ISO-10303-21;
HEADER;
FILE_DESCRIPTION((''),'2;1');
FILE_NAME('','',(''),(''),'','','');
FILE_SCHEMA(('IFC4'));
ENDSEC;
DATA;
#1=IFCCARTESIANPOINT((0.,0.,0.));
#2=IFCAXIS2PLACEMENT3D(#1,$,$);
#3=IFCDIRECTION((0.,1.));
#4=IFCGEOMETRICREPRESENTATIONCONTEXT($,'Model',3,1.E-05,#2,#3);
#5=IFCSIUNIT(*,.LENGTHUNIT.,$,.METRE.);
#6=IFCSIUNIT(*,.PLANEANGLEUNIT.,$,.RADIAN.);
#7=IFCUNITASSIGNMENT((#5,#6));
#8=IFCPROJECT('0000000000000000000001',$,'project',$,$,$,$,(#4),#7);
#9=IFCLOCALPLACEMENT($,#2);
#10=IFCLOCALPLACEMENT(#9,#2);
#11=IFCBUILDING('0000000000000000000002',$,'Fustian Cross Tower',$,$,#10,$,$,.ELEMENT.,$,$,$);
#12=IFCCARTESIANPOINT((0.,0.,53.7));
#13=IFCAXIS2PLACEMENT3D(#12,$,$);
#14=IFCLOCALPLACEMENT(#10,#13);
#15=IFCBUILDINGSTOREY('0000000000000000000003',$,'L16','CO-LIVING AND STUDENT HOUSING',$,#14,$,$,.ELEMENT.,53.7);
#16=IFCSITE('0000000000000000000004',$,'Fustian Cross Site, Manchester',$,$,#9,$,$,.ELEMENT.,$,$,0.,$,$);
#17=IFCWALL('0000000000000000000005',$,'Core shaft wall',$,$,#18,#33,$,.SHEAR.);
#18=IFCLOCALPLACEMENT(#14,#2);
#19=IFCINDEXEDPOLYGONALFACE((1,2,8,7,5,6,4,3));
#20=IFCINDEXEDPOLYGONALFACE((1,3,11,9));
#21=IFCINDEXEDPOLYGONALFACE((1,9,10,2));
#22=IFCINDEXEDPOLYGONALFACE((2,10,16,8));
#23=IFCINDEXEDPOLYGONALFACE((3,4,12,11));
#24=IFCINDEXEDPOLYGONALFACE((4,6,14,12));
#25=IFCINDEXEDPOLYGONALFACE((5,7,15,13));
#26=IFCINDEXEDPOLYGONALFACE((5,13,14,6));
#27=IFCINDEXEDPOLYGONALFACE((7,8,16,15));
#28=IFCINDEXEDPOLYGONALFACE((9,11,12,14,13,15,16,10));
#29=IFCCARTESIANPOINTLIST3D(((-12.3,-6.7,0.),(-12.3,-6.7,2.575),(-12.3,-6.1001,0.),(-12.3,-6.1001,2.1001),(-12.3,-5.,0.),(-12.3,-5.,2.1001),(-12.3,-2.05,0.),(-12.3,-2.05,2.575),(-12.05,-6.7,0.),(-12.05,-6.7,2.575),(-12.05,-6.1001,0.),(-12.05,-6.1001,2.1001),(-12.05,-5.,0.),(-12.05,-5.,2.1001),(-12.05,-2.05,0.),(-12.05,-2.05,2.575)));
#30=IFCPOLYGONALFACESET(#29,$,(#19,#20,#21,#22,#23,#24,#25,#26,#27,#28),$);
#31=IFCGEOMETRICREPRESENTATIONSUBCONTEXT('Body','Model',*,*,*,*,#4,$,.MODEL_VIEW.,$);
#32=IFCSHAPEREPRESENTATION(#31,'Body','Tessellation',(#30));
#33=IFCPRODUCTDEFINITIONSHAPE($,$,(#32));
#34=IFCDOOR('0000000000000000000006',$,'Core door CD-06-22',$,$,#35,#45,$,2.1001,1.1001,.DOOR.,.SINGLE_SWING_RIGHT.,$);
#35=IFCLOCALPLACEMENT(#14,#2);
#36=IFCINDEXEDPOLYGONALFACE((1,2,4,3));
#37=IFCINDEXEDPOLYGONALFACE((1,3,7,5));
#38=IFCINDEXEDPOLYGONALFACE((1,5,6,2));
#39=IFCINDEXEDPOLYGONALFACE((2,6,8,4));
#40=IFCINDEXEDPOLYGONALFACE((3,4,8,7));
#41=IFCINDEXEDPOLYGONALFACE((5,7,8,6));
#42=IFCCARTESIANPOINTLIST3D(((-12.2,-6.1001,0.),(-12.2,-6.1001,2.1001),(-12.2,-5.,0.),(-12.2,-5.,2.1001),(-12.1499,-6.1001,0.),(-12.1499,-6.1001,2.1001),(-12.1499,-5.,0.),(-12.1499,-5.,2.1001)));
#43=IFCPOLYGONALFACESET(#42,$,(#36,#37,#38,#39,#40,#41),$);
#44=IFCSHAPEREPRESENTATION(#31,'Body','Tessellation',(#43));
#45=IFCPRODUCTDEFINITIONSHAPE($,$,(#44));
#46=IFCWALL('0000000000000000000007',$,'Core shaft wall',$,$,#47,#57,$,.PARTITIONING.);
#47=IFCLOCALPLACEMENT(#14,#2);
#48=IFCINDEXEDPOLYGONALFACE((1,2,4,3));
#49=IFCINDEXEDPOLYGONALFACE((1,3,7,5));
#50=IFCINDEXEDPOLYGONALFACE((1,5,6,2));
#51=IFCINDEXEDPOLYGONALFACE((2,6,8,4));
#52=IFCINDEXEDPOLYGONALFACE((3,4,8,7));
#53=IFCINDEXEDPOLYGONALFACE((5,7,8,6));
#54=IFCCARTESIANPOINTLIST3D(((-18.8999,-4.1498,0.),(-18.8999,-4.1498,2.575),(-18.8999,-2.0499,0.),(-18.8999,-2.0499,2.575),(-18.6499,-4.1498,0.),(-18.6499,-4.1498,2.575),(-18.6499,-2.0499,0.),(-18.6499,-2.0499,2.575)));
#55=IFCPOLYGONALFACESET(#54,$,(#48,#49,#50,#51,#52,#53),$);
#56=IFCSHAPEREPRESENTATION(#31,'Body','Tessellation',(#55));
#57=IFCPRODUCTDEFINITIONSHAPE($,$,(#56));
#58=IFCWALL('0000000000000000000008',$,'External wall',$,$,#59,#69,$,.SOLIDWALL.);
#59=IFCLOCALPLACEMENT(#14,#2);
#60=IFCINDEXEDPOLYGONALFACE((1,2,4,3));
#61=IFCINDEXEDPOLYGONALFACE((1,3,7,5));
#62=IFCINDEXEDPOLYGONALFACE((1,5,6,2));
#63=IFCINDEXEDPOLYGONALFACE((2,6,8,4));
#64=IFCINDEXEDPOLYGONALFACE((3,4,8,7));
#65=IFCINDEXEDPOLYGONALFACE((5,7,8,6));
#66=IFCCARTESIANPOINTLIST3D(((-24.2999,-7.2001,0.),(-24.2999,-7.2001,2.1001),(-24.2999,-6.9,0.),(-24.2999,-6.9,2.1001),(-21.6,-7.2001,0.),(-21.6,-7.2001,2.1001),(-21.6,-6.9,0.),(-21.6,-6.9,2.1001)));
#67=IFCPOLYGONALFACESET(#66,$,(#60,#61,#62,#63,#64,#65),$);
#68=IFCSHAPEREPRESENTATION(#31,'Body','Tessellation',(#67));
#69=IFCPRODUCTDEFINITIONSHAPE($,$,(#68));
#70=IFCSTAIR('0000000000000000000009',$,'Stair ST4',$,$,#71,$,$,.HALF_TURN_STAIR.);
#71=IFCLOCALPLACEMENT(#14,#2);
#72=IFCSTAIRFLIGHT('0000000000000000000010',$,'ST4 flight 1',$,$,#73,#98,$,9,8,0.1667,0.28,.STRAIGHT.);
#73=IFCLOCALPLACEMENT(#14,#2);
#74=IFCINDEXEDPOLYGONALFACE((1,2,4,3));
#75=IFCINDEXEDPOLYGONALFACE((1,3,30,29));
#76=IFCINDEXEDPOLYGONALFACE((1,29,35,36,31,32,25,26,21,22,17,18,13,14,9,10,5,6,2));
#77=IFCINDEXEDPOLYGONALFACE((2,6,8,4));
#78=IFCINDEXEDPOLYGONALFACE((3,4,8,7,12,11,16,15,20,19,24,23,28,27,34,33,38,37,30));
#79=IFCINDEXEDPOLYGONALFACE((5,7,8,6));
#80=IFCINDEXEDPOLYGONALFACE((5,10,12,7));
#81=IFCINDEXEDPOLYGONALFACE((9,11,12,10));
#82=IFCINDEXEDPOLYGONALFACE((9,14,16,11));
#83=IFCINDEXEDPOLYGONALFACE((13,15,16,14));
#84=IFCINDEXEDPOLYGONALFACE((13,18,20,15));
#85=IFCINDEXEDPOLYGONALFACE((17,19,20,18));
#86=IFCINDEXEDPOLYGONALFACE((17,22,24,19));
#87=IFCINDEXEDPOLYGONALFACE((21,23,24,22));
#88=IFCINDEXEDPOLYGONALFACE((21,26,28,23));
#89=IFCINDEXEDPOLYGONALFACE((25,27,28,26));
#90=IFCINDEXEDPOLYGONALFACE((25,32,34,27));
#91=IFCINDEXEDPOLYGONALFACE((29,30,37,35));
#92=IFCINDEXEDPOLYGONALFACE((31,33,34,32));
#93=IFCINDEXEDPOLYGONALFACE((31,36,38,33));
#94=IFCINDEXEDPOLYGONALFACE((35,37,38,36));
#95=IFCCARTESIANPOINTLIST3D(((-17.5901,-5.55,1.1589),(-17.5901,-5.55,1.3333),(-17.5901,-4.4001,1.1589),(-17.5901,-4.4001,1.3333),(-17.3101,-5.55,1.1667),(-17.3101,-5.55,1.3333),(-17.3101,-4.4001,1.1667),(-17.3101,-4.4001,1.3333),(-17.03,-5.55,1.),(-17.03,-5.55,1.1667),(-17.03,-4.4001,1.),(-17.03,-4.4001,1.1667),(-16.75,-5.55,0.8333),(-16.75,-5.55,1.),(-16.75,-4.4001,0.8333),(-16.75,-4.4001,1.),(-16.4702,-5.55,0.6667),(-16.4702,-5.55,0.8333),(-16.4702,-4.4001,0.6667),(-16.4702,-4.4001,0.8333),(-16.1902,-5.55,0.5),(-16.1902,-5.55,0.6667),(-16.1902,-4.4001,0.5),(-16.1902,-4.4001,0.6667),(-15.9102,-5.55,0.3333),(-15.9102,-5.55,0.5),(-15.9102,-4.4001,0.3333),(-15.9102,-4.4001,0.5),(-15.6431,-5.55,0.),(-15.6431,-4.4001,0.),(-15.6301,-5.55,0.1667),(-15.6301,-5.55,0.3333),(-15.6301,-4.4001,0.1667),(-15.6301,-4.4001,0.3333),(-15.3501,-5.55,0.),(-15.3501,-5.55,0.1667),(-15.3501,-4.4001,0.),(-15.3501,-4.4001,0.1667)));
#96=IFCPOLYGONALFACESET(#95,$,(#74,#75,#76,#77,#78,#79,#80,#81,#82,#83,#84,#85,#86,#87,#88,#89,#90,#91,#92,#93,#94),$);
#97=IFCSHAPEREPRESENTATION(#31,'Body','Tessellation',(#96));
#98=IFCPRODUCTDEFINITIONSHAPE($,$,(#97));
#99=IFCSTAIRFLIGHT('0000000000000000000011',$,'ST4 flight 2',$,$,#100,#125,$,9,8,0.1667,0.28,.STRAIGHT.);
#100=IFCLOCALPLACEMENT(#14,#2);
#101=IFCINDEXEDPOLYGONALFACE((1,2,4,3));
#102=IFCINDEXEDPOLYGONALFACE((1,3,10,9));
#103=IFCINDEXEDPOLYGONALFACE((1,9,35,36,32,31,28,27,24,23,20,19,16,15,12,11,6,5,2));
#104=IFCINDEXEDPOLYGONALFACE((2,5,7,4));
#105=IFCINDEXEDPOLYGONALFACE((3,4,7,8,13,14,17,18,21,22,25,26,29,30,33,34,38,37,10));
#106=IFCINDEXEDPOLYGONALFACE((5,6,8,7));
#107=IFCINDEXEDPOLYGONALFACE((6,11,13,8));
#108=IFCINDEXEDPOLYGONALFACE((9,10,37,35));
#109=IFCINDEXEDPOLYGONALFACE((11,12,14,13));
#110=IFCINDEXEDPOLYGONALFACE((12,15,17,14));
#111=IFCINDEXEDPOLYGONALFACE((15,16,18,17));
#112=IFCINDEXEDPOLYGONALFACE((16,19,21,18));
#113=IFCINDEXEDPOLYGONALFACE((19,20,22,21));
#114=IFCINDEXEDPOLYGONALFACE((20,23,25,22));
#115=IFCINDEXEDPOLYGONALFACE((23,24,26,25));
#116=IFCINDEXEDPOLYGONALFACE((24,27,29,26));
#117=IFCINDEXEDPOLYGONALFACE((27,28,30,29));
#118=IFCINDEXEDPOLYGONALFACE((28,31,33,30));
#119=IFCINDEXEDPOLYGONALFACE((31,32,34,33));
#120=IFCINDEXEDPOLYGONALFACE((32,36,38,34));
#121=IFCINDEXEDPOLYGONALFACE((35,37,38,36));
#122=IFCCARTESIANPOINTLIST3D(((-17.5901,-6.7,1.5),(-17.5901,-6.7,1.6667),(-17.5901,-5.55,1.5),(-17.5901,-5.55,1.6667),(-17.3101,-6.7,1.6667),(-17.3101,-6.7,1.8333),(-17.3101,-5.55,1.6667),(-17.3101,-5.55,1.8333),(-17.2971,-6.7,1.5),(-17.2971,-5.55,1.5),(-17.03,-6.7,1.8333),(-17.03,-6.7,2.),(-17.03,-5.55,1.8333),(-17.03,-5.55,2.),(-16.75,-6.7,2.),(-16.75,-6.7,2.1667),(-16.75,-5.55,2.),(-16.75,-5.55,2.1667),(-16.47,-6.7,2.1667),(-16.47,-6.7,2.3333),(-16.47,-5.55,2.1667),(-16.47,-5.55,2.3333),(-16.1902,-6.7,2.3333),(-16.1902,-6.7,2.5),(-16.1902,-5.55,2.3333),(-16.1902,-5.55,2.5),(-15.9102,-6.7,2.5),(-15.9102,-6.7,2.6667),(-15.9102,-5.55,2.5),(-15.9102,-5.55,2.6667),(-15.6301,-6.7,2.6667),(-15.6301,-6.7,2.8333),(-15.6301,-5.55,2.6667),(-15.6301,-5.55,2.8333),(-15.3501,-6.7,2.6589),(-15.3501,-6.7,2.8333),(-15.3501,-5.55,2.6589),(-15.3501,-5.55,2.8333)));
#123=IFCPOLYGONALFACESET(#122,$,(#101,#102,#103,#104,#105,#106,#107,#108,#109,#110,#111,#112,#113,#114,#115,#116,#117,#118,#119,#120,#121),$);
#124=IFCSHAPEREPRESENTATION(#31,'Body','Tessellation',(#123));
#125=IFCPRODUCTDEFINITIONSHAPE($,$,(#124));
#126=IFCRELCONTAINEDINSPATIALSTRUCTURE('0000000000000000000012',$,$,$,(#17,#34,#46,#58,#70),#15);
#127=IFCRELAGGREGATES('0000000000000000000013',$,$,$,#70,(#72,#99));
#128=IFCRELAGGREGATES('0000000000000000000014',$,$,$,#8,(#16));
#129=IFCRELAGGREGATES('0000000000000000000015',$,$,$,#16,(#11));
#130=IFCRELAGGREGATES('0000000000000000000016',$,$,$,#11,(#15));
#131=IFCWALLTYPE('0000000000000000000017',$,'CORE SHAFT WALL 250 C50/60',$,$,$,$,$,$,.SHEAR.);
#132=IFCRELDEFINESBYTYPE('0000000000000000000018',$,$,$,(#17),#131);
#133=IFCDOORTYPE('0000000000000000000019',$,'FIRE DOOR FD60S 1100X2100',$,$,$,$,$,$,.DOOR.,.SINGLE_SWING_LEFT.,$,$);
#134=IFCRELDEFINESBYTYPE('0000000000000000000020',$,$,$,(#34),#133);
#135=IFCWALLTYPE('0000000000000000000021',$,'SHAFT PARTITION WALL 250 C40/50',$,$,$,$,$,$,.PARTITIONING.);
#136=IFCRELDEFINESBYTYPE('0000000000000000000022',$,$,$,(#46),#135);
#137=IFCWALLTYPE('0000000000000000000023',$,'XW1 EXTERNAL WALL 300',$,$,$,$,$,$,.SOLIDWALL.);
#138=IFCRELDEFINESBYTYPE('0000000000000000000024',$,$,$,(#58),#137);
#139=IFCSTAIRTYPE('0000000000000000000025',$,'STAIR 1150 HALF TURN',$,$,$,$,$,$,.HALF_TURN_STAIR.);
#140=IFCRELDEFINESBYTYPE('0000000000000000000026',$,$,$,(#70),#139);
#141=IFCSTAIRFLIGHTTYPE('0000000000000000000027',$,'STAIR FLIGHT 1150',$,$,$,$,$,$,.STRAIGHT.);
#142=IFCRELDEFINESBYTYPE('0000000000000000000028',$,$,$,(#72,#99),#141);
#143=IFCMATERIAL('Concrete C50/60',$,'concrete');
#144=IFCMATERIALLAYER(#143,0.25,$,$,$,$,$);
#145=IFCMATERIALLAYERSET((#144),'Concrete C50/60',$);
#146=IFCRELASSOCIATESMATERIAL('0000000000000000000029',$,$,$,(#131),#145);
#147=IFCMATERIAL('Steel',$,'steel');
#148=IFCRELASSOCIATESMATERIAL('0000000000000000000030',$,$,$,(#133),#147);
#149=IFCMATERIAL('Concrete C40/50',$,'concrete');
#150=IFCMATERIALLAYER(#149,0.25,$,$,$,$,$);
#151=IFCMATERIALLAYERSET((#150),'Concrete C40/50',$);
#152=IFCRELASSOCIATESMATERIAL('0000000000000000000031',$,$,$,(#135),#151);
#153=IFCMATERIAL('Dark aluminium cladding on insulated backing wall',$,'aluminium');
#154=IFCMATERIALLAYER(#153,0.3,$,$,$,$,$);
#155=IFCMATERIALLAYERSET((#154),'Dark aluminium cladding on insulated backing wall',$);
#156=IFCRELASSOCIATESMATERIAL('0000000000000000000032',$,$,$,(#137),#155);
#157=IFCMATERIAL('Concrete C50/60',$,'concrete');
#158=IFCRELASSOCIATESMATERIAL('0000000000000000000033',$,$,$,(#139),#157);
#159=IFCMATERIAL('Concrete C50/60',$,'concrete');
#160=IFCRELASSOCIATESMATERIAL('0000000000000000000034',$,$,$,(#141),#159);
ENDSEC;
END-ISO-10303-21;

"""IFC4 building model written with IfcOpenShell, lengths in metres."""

from ifc_helpers import new_model, si_unit, direction, frame, frame_2d, origin, place, context, subcontext, project, spatial, polyline, rectangle, outline, extrude, material, layer, layer_set, type_object, element, fill, aggregate, save


model = new_model("IFC4")

# Units and contexts
model_context = context("Model", 3, precision=1e-05, world=origin(), true_north=direction((0.0, 1.0)))
body_context = subcontext(model_context, "Body", "Model", "MODEL_VIEW")
ifc_project = project(units=[si_unit("LENGTHUNIT", "METRE"), si_unit("PLANEANGLEUNIT", "RADIAN")], contexts=[model_context])

# Site, building, storey
site_placement = place(None, origin())
site = spatial("IfcSite", under=ifc_project, at=site_placement, Name="Fustian Cross Site, Manchester", CompositionType="ELEMENT", RefElevation=0.0)
building_placement = place(site_placement, origin())
building = spatial("IfcBuilding", under=site, at=building_placement, Name="Fustian Cross Tower", CompositionType="ELEMENT")
storey_placement = place(building_placement, frame((0.0, 0.0, 53.7)))
storey = spatial("IfcBuildingStorey", under=building, at=storey_placement, Name="L16", Description="CO-LIVING AND STUDENT HOUSING", CompositionType="ELEMENT", Elevation=53.7)

# Shared definitions
ifc_material_1 = material(Name="Concrete C50/60", Category="concrete")
ifc_layer_1 = layer(ifc_material_1, 0.25)
ifc_layer_set_1 = layer_set([ifc_layer_1], Name="Concrete C50/60")
wall_type_1 = type_object("IfcWallType", Name="CORE SHAFT WALL 250 C50/60", PredefinedType="SHEAR", material=ifc_layer_set_1)

# Wall, opening, door
wall_1_placement = place(storey_placement, frame((-12.175, -2.05, 0.0), z_axis=(0.0, 0.0, 1.0), x_axis=(0.0, -1.0, 0.0)))
wall_1 = element("IfcWall", 1, at=wall_1_placement, inside=storey, type_object=wall_type_1, Name="Core shaft wall", PredefinedType="SHEAR", context=body_context, shape_type="SweptSolid", body=[
    extrude(rectangle(XDim=4.6499, YDim=0.25, at=frame_2d((2.325, 0.0))), origin(), (0.0, 0.0, 1.0), 2.575),
])
opening_1_placement = place(wall_1_placement, frame((2.95, 0.0, 0.0)))
opening_1 = element("IfcOpeningElement", 2, at=opening_1_placement, cuts=wall_1, PredefinedType="OPENING", context=body_context, shape_type="SweptSolid", body=[
    extrude(rectangle(XDim=1.1001, YDim=2.1001, at=frame_2d((0.55, 1.05))), frame((0.0, 0.135, 0.0), z_axis=(0.0, -1.0, 0.0), x_axis=(1.0, 0.0, 0.0)), (0.0, 0.0, 1.0), 0.27),
])
ifc_material_2 = material(Name="Steel", Category="steel")
door_type_1 = type_object("IfcDoorType", Name="FIRE DOOR FD60S 1100X2100", OperationType="SINGLE_SWING_LEFT", PredefinedType="DOOR", material=ifc_material_2)
door_1_placement = place(opening_1_placement, frame((1.1001, 0.0, 0.0), z_axis=(0.0, 0.0, 1.0), x_axis=(-1.0, 0.0, 0.0)))
door_1 = element("IfcDoor", 3, at=door_1_placement, inside=storey, type_object=door_type_1, Name="Core door CD-06-22", OperationType="SINGLE_SWING_RIGHT", OverallHeight=2.1001, OverallWidth=1.1001, PredefinedType="DOOR", context=body_context, shape_type="SweptSolid", body=[
    extrude(rectangle(XDim=1.1001, YDim=2.1001, at=frame_2d((0.55, 1.05))), frame((0.0, 0.0249, 0.0), z_axis=(0.0, -1.0, 0.0), x_axis=(1.0, 0.0, 0.0)), (0.0, 0.0, 1.0), 0.05),
])
fill(opening_1, door_1)

# Walls
ifc_material_3 = material(Name="Concrete C40/50", Category="concrete")
ifc_layer_2 = layer(ifc_material_3, 0.25)
ifc_layer_set_2 = layer_set([ifc_layer_2], Name="Concrete C40/50")
wall_type_2 = type_object("IfcWallType", Name="SHAFT PARTITION WALL 250 C40/50", PredefinedType="PARTITIONING", material=ifc_layer_set_2)
wall_2_placement = place(storey_placement, frame((-18.7749, -2.05, 0.0), z_axis=(0.0, 0.0, 1.0), x_axis=(0.0, -1.0, 0.0)))
element("IfcWall", 4, at=wall_2_placement, inside=storey, type_object=wall_type_2, Name="Core shaft wall", PredefinedType="PARTITIONING", context=body_context, shape_type="SweptSolid", body=[
    extrude(rectangle(XDim=2.0999, YDim=0.25, at=frame_2d((1.0498, 0.0))), origin(), (0.0, 0.0, 1.0), 2.575),
])
ifc_material_4 = material(Name="Dark aluminium cladding on insulated backing wall", Category="aluminium")
ifc_layer_3 = layer(ifc_material_4, 0.3)
ifc_layer_set_3 = layer_set([ifc_layer_3], Name="Dark aluminium cladding on insulated backing wall")
wall_type_3 = type_object("IfcWallType", Name="XW1 EXTERNAL WALL 300", PredefinedType="SOLIDWALL", material=ifc_layer_set_3)
wall_3_placement = place(storey_placement, frame((-24.3, -7.05, 0.0), z_axis=(0.0, 0.0, 1.0), x_axis=(1.0, 0.0, 0.0)))
element("IfcWall", 5, at=wall_3_placement, inside=storey, type_object=wall_type_3, Name="External wall", PredefinedType="SOLIDWALL", context=body_context, shape_type="SweptSolid", body=[
    extrude(rectangle(XDim=2.7, YDim=0.3, at=frame_2d((1.3501, 0.0))), origin(), (0.0, 0.0, 1.0), 2.1001),
])

# Stair, stair flights
ifc_material_5 = material(Name="Concrete C50/60", Category="concrete")
stair_type = type_object("IfcStairType", Name="STAIR 1150 HALF TURN", PredefinedType="HALF_TURN_STAIR", material=ifc_material_5)
stair_placement = place(storey_placement, origin())
stair = element("IfcStair", 6, at=stair_placement, inside=storey, type_object=stair_type, Name="Stair ST4", PredefinedType="HALF_TURN_STAIR")
ifc_material_6 = material(Name="Concrete C50/60", Category="concrete")
stair_flight_type = type_object("IfcStairFlightType", Name="STAIR FLIGHT 1150", PredefinedType="STRAIGHT", material=ifc_material_6)
stair_flight_1_placement = place(storey_placement, frame((-15.3501, -4.9751, 0.0), z_axis=(0.0, 0.0, 1.0), x_axis=(-1.0, 0.0, 0.0)))
stair_flight_1 = element("IfcStairFlight", 7, at=stair_flight_1_placement, type_object=stair_flight_type, Name="ST4 flight 1", NumberOfRisers=9, NumberOfTreads=8, PredefinedType="STRAIGHT", RiserHeight=0.1667, TreadLength=0.28, context=body_context, shape_type="SweptSolid", body=[
    extrude(outline(polyline([(0.0, 0.0), (0.0, 0.1667), (0.28, 0.1667), (0.28, 0.3333), (0.5601, 0.3333), (0.5601, 0.5), (0.8401, 0.5), (0.8401, 0.6667), (1.1201, 0.6667), (1.1201, 0.8333), (1.3999, 0.8333), (1.3999, 1.0), (1.6799, 1.0), (1.6799, 1.1667), (1.96, 1.1667), (1.96, 1.3333), (2.24, 1.3333), (2.24, 1.5), (2.24, 1.1589), (0.293, 0.0), (0.0, 0.0)])), frame((0.0, 0.575, 0.0), z_axis=(0.0, -1.0, 0.0), x_axis=(1.0, 0.0, 0.0)), (0.0, 0.0, 1.0), 1.1499),
])
stair_flight_2_placement = place(storey_placement, frame((-17.5901, -6.125, 1.5), z_axis=(0.0, 0.0, 1.0), x_axis=(1.0, 0.0, 0.0)))
stair_flight_2 = element("IfcStairFlight", 8, at=stair_flight_2_placement, type_object=stair_flight_type, Name="ST4 flight 2", NumberOfRisers=9, NumberOfTreads=8, PredefinedType="STRAIGHT", RiserHeight=0.1667, TreadLength=0.28, context=body_context, shape_type="SweptSolid", body=[
    extrude(outline(polyline([(0.0, 0.0), (0.0, 0.1667), (0.28, 0.1667), (0.28, 0.3333), (0.5601, 0.3333), (0.5601, 0.5), (0.8401, 0.5), (0.8401, 0.6667), (1.1201, 0.6667), (1.1201, 0.8333), (1.3999, 0.8333), (1.3999, 1.0), (1.6799, 1.0), (1.6799, 1.1667), (1.96, 1.1667), (1.96, 1.3333), (2.24, 1.3333), (2.24, 1.5), (2.24, 1.1589), (0.293, 0.0), (0.0, 0.0)])), frame((0.0, 0.575, 0.0), z_axis=(0.0, -1.0, 0.0), x_axis=(1.0, 0.0, 0.0)), (0.0, 0.0, 1.0), 1.1499),
])
aggregate(stair, [stair_flight_1, stair_flight_2])

save(model, "model.ifc")
